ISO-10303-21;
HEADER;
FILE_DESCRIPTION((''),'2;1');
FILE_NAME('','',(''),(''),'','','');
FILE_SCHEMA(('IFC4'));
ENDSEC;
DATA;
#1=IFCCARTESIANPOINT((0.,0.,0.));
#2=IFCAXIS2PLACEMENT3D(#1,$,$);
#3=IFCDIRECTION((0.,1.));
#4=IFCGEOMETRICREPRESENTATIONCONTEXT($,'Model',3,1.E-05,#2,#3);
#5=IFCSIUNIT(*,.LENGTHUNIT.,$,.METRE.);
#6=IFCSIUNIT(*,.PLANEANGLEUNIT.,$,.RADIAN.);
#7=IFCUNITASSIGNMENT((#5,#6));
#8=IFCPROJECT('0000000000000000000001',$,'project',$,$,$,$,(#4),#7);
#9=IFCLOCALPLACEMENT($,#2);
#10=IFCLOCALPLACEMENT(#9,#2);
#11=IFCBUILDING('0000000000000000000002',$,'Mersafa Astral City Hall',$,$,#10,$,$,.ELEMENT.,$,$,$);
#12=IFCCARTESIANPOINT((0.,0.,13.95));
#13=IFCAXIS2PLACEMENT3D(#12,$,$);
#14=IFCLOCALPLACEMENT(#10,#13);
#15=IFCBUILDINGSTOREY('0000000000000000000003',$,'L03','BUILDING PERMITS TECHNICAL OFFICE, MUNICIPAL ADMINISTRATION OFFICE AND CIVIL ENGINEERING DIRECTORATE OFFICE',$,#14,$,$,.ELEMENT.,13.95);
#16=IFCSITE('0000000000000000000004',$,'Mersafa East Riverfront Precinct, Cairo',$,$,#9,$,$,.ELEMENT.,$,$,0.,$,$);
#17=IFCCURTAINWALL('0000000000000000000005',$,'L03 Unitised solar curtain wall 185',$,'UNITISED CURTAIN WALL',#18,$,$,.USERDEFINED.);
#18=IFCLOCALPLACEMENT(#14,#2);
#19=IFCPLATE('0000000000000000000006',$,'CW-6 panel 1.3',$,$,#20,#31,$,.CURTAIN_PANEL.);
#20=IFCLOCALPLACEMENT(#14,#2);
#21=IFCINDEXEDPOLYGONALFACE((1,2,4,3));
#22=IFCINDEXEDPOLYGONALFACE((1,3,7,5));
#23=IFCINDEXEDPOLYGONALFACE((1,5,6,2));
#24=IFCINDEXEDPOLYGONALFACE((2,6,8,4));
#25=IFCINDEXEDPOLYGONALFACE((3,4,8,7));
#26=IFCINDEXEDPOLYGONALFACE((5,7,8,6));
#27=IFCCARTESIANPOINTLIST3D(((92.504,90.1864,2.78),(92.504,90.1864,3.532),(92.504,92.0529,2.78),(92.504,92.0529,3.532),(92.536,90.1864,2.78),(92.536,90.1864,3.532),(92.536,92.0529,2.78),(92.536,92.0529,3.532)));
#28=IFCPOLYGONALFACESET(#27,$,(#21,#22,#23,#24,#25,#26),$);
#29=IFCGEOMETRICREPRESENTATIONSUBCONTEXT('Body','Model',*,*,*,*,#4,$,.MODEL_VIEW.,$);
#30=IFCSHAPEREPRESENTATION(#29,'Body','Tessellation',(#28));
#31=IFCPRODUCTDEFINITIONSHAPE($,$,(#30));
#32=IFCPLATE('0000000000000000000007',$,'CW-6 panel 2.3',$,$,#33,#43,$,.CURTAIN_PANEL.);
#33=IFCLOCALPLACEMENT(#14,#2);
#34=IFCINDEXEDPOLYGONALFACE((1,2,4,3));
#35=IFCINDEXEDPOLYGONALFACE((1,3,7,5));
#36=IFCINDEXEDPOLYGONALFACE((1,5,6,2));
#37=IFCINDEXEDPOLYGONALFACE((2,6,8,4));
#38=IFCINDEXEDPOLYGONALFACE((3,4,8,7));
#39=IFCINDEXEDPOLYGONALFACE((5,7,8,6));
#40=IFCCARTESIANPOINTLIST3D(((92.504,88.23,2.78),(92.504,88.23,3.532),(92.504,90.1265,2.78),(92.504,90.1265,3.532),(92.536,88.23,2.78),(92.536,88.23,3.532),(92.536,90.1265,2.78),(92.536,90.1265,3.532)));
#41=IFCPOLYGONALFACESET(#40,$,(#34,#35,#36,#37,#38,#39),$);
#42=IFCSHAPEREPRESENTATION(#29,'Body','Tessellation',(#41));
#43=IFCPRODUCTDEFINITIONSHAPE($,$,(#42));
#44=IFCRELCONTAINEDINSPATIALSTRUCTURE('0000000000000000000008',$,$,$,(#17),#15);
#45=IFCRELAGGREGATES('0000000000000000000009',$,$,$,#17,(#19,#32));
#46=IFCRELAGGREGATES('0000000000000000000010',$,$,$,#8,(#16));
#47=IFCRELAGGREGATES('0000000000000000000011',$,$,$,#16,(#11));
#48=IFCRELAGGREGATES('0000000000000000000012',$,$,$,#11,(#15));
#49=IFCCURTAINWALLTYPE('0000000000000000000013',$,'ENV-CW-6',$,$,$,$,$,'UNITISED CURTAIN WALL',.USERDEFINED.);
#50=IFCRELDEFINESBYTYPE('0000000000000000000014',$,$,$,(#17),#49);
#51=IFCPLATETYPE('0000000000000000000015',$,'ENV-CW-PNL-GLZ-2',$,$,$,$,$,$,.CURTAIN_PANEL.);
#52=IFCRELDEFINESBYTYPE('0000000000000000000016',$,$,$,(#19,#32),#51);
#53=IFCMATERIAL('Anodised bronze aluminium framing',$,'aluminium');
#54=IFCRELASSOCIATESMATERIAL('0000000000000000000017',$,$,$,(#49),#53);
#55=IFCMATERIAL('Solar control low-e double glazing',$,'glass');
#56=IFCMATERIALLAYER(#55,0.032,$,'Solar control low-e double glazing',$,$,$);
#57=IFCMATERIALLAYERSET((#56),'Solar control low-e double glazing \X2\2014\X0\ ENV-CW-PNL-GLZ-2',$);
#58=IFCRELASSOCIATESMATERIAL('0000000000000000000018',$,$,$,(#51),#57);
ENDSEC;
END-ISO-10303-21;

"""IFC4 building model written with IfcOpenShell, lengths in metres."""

from ifc_helpers import new_model, si_unit, direction, frame, origin, origin_2d, place, context, subcontext, project, spatial, rectangle, extrude, material, layer, layer_set, type_object, element, aggregate, save


model = new_model("IFC4")

# Units and contexts
model_context = context("Model", 3, precision=1e-05, world=origin(), true_north=direction((0.0, 1.0)))
body_context = subcontext(model_context, "Body", "Model", "MODEL_VIEW")
ifc_project = project(units=[si_unit("LENGTHUNIT", "METRE"), si_unit("PLANEANGLEUNIT", "RADIAN")], contexts=[model_context])

# Site, building, storey
site_placement = place(None, origin())
site = spatial("IfcSite", under=ifc_project, at=site_placement, Name="Mersafa East Riverfront Precinct, Cairo", CompositionType="ELEMENT", RefElevation=0.0)
building_placement = place(site_placement, origin())
building = spatial("IfcBuilding", under=site, at=building_placement, Name="Mersafa Astral City Hall", CompositionType="ELEMENT")
storey_placement = place(building_placement, frame((0.0, 0.0, 13.95)))
storey = spatial("IfcBuildingStorey", under=building, at=storey_placement, Name="L03", Description="BUILDING PERMITS TECHNICAL OFFICE, MUNICIPAL ADMINISTRATION OFFICE AND CIVIL ENGINEERING DIRECTORATE OFFICE", CompositionType="ELEMENT", Elevation=13.95)

# Shared definitions
ifc_material_1 = material(Name="Anodised bronze aluminium framing", Category="aluminium")

# Curtain wall
curtain_wall_type_1 = type_object("IfcCurtainWallType", Name="ENV-CW-6", ElementType="UNITISED CURTAIN WALL", PredefinedType="USERDEFINED", material=ifc_material_1)
curtain_wall_1_placement = place(storey_placement, origin())
curtain_wall_1 = element("IfcCurtainWall", 1, at=curtain_wall_1_placement, inside=storey, type_object=curtain_wall_type_1, Name="L03 Unitised solar curtain wall 185", ObjectType="UNITISED CURTAIN WALL", PredefinedType="USERDEFINED")

# Plates
ifc_material_2 = material(Name="Solar control low-e double glazing", Category="glass")
ifc_layer_1 = layer(ifc_material_2, 0.032, Name="Solar control low-e double glazing")
ifc_layer_set_1 = layer_set([ifc_layer_1], Name="Solar control low-e double glazing — ENV-CW-PNL-GLZ-2")
plate_type_1 = type_object("IfcPlateType", Name="ENV-CW-PNL-GLZ-2", PredefinedType="CURTAIN_PANEL", material=ifc_layer_set_1)
plate_1_placement = place(storey_placement, frame((92.52, 91.1196, 2.78), z_axis=(0.0, 0.0, 1.0), x_axis=(0.0, -1.0, 0.0)))
plate_1 = element("IfcPlate", 2, at=plate_1_placement, type_object=plate_type_1, Name="CW-6 panel 1.3", PredefinedType="CURTAIN_PANEL", context=body_context, shape_type="SweptSolid", body=[
    extrude(rectangle(XDim=1.8665, YDim=0.032, at=origin_2d()), origin(), (0.0, 0.0, 1.0), 0.752),
])
plate_2_placement = place(storey_placement, frame((92.52, 89.1782, 2.78), z_axis=(0.0, 0.0, 1.0), x_axis=(0.0, -1.0, 0.0)))
plate_2 = element("IfcPlate", 3, at=plate_2_placement, type_object=plate_type_1, Name="CW-6 panel 2.3", PredefinedType="CURTAIN_PANEL", context=body_context, shape_type="SweptSolid", body=[
    extrude(rectangle(XDim=1.8965, YDim=0.032, at=origin_2d()), origin(), (0.0, 0.0, 1.0), 0.752),
])
aggregate(curtain_wall_1, [plate_1, plate_2])

save(model, "model.ifc")
